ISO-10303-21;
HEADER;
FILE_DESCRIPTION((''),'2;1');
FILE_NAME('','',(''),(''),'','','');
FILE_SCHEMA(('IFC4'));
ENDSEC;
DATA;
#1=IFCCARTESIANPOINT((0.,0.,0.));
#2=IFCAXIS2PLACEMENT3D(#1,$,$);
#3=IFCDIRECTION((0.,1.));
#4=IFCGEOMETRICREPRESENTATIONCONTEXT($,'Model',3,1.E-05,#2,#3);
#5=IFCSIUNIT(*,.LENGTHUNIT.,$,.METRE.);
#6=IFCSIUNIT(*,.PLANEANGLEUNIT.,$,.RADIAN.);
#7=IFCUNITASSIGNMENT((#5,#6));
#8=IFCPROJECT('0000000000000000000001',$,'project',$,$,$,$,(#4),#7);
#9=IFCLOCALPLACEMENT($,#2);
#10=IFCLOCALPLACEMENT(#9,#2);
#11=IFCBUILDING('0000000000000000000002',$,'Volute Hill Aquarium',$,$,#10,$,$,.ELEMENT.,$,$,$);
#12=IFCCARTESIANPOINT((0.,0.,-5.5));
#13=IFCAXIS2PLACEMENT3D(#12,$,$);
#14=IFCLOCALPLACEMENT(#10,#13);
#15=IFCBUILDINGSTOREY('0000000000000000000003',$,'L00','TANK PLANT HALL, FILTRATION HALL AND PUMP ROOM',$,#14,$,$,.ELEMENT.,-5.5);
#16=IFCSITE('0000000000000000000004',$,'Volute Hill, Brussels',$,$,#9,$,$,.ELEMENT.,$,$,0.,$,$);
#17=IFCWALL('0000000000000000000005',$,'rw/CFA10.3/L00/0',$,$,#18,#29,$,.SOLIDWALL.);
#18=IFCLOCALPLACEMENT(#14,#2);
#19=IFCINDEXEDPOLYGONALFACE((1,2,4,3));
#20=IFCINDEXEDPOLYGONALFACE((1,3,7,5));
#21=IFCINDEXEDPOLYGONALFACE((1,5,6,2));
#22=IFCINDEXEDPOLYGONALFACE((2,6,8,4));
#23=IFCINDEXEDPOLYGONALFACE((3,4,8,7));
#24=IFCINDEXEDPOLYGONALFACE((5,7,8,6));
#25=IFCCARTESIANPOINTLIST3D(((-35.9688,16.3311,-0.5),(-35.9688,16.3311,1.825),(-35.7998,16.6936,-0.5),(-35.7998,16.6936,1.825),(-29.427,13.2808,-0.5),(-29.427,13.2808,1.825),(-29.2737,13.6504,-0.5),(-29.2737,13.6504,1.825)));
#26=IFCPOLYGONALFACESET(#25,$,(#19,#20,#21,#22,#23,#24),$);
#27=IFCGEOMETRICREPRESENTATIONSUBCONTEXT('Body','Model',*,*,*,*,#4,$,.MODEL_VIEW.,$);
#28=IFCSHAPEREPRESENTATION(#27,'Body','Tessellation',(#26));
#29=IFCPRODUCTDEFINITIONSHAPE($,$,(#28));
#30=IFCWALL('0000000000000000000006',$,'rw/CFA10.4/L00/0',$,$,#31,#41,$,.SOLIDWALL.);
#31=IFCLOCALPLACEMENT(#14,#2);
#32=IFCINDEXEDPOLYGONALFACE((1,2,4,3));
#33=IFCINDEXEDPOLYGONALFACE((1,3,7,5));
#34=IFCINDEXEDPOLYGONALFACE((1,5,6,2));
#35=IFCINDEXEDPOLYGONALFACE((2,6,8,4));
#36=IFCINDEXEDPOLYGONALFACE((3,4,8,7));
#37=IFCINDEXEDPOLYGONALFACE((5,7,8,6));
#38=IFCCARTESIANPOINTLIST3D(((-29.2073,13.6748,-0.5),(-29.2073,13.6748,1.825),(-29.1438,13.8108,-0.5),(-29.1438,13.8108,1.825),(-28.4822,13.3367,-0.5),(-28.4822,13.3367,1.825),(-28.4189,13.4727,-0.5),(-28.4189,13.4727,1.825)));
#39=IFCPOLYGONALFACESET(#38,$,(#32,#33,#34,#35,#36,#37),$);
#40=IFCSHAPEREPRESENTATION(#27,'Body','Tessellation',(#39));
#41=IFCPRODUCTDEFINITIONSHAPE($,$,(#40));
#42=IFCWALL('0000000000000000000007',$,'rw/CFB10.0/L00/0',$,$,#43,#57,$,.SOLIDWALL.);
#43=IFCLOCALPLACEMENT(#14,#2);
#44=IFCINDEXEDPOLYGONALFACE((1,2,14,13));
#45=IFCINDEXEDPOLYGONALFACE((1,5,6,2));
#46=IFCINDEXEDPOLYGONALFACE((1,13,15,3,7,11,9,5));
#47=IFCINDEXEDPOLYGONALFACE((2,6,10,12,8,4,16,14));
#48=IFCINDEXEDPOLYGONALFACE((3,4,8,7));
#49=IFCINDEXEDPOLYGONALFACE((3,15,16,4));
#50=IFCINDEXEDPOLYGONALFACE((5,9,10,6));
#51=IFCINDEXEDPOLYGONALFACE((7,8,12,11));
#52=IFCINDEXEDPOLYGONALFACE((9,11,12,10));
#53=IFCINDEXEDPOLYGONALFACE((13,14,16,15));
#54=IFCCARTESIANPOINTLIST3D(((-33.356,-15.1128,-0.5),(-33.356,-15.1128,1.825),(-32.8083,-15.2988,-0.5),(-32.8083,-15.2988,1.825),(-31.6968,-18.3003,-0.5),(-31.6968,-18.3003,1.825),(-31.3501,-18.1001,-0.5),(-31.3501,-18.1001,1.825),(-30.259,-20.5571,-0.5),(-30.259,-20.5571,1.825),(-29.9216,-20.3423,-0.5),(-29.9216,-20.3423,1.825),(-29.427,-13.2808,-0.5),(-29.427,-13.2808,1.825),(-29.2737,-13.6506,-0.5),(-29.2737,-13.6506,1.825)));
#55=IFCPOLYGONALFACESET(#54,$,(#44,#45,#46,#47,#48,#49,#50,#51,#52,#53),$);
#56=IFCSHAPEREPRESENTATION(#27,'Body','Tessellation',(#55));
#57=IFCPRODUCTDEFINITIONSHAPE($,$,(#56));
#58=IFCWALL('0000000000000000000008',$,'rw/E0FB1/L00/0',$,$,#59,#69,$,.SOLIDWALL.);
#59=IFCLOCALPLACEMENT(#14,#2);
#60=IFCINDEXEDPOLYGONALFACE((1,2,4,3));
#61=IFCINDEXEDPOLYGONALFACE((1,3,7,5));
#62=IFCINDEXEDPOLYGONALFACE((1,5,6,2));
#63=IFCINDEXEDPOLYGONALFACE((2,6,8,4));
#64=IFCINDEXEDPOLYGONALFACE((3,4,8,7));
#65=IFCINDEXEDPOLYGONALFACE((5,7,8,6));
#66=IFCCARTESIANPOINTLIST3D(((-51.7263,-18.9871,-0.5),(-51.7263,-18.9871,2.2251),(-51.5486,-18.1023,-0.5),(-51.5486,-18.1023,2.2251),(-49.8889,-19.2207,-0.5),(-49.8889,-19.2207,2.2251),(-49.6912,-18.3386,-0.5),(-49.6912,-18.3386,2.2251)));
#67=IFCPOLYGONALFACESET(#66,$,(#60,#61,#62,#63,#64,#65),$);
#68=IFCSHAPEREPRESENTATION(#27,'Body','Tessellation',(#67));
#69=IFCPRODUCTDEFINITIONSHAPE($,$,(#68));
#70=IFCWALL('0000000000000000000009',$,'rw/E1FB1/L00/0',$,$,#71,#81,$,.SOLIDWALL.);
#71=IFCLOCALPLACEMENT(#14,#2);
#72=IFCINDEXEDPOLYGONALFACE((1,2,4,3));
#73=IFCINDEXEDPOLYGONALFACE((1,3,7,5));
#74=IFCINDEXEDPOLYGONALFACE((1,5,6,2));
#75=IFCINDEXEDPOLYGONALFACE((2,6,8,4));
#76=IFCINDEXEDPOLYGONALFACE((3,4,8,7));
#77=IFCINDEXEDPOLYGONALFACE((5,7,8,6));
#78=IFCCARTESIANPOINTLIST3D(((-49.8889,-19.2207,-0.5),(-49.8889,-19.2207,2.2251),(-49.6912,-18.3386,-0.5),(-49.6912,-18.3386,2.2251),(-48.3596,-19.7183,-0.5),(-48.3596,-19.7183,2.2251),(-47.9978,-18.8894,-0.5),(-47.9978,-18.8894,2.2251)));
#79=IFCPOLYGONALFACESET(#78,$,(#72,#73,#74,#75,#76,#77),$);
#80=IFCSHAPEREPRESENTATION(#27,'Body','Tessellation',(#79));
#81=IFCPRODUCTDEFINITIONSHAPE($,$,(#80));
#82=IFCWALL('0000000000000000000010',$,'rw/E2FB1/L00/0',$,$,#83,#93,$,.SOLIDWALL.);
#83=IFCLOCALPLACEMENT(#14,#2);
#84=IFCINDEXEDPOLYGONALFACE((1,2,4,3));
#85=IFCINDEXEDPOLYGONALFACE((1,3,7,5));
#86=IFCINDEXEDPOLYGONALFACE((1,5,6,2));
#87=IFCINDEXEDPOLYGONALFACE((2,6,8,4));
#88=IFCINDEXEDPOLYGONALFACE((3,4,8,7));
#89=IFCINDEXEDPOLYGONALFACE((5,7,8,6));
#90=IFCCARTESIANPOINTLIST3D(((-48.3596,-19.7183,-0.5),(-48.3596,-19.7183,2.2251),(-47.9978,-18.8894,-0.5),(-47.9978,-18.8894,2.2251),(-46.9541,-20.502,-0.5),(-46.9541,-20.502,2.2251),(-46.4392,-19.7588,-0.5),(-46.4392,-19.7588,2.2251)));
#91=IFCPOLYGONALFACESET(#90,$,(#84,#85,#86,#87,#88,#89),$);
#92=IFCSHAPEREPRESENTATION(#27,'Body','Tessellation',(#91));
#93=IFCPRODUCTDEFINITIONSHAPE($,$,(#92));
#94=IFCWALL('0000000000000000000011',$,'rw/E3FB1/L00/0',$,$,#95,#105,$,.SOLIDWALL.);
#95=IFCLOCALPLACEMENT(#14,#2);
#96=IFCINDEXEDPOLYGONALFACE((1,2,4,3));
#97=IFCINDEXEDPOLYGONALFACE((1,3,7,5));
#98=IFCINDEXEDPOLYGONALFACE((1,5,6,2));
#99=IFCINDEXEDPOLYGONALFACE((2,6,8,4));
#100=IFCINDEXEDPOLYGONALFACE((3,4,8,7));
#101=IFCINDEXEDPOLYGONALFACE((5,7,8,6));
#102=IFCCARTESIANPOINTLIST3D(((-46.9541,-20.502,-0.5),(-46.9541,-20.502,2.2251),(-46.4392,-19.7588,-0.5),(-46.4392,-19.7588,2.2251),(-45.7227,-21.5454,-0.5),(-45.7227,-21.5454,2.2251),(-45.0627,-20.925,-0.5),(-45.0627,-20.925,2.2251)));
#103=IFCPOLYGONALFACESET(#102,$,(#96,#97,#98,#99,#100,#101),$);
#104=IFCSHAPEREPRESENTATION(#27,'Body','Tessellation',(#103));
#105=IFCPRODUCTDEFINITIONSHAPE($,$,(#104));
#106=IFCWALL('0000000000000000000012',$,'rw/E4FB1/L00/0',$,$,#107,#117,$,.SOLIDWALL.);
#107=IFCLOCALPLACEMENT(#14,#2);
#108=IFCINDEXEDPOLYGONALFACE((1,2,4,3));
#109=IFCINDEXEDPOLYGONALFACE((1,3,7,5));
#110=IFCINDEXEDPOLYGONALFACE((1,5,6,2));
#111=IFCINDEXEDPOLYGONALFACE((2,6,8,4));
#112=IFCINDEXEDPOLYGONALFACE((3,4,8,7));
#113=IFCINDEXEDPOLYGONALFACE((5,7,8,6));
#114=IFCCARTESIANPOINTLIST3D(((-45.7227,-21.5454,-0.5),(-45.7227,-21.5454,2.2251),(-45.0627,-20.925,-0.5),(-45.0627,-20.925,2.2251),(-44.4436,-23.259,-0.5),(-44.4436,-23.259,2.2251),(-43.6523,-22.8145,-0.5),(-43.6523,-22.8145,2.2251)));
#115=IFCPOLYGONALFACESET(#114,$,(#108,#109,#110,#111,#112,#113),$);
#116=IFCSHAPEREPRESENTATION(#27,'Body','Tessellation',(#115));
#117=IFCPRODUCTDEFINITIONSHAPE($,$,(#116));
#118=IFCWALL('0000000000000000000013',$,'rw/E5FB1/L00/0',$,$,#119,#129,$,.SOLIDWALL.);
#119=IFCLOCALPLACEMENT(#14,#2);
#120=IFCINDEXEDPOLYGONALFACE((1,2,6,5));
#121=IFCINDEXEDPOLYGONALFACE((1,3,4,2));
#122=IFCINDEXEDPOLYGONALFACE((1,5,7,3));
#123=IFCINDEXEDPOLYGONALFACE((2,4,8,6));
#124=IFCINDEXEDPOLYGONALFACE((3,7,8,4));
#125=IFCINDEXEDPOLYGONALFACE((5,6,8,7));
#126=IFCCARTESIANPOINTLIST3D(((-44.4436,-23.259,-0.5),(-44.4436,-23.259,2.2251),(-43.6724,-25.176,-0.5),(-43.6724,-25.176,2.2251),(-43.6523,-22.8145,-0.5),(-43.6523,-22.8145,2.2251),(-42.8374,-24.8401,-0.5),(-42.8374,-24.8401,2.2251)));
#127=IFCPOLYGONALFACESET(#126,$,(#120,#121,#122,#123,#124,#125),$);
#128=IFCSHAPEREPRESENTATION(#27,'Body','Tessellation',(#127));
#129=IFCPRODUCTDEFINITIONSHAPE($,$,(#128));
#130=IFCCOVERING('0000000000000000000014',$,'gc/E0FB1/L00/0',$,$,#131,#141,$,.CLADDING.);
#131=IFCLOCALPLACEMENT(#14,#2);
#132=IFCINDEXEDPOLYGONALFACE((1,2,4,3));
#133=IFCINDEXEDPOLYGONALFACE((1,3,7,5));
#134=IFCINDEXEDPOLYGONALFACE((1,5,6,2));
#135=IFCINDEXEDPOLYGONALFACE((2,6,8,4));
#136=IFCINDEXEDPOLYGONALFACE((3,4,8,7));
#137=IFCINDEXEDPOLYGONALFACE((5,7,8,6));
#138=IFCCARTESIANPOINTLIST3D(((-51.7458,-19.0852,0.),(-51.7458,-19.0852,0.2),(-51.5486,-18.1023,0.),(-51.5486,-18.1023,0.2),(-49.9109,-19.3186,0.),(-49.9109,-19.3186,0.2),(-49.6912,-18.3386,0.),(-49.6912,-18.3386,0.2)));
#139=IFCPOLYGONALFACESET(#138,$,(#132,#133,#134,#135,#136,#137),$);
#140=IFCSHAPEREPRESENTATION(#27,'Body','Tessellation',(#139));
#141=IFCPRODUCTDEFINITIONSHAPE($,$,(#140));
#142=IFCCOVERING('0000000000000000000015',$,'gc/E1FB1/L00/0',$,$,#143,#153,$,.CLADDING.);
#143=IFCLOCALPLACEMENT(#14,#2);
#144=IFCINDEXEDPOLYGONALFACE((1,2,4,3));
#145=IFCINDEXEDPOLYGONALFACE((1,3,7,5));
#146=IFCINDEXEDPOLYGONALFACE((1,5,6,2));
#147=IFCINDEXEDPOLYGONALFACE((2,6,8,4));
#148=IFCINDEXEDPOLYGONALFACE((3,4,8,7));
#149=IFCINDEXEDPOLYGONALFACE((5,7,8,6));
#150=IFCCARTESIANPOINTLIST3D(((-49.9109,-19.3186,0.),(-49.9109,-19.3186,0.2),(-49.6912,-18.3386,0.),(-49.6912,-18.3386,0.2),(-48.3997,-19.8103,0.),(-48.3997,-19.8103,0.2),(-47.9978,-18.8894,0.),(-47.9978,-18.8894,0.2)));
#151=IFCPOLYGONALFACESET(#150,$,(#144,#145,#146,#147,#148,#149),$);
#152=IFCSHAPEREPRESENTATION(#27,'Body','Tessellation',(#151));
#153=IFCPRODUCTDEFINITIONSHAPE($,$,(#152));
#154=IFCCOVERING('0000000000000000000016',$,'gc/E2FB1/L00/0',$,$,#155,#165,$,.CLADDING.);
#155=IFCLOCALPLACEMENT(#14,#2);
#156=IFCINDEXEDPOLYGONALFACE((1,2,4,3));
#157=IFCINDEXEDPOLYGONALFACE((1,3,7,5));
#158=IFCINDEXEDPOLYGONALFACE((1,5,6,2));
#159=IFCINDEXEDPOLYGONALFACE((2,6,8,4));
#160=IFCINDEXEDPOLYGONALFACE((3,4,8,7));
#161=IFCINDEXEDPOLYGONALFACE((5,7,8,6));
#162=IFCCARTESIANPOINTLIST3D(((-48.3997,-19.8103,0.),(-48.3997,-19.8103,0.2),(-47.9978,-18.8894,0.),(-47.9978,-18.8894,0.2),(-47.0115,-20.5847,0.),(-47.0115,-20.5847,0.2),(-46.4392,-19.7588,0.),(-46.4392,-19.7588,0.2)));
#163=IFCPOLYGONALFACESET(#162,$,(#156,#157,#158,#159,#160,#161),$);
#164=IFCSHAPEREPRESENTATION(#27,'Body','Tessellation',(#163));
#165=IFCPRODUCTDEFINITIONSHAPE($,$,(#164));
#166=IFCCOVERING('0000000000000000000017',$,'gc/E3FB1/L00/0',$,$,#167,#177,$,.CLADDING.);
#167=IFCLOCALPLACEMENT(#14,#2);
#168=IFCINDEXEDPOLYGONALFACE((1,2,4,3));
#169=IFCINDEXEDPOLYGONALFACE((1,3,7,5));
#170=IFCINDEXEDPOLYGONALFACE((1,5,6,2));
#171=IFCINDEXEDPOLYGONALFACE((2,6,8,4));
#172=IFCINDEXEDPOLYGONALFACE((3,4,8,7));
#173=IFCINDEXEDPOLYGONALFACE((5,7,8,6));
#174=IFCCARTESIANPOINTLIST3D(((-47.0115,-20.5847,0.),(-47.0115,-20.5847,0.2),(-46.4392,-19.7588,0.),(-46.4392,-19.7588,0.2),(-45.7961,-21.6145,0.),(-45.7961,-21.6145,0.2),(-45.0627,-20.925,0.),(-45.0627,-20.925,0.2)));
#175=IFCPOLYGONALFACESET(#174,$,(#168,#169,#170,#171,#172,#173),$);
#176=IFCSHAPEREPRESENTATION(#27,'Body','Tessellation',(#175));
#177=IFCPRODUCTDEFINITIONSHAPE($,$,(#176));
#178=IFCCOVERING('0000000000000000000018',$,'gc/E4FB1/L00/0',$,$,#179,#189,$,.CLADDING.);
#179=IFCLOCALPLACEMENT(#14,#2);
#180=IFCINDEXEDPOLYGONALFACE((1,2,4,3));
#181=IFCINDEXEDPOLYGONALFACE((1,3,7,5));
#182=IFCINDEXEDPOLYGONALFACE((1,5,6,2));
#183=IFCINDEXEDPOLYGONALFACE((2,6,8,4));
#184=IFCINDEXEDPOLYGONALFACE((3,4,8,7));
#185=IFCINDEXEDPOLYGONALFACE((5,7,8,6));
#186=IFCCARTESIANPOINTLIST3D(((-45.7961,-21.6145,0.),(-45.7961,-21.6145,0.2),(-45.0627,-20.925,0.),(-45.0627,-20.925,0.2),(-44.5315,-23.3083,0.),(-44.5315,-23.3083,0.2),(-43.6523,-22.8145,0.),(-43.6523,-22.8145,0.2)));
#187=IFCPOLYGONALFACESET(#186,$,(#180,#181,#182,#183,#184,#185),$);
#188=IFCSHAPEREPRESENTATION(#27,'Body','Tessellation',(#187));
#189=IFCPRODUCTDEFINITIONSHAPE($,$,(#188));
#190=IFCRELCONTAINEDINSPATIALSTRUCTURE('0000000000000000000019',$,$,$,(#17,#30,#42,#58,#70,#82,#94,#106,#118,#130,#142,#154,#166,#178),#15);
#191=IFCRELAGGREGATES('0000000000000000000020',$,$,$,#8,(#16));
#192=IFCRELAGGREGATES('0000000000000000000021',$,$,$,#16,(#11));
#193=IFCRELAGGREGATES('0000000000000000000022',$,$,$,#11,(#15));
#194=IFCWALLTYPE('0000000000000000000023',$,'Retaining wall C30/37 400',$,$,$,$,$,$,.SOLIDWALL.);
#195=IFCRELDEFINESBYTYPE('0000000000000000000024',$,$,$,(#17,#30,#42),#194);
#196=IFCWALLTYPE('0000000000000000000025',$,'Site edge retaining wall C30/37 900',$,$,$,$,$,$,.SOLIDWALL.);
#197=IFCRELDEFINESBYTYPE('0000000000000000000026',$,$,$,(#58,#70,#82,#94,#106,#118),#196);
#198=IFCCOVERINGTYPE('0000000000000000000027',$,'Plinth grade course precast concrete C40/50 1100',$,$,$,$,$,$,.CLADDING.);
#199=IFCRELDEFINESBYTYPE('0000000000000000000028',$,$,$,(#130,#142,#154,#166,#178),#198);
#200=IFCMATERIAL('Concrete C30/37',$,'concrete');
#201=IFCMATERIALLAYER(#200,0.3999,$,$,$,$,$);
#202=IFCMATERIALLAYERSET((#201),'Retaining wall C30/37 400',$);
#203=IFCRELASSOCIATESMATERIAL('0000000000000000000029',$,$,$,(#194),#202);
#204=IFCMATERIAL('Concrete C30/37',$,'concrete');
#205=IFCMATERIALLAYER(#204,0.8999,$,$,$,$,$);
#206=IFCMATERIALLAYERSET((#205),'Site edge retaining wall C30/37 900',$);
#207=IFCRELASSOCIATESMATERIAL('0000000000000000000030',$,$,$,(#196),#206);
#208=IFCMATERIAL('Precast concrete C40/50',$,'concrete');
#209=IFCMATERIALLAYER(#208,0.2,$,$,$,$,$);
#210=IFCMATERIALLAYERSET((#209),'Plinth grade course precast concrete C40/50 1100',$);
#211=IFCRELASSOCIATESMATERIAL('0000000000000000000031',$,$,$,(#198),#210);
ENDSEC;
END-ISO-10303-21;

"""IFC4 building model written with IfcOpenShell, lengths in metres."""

from ifc_helpers import new_model, si_unit, direction, frame, origin, place, context, subcontext, project, spatial, polyline, outline, extrude, material, layer, layer_set, type_object, element, save


model = new_model("IFC4")

# Units and contexts
model_context = context("Model", 3, precision=1e-05, world=origin(), true_north=direction((0.0, 1.0)))
body_context = subcontext(model_context, "Body", "Model", "MODEL_VIEW")
ifc_project = project(units=[si_unit("LENGTHUNIT", "METRE"), si_unit("PLANEANGLEUNIT", "RADIAN")], contexts=[model_context])

# Site, building, storey
site_placement = place(None, origin())
site = spatial("IfcSite", under=ifc_project, at=site_placement, Name="Volute Hill, Brussels", CompositionType="ELEMENT", RefElevation=0.0)
building_placement = place(site_placement, origin())
building = spatial("IfcBuilding", under=site, at=building_placement, Name="Volute Hill Aquarium", CompositionType="ELEMENT")
storey_placement = place(building_placement, frame((0.0, 0.0, -5.5)))
storey = spatial("IfcBuildingStorey", under=building, at=storey_placement, Name="L00", Description="TANK PLANT HALL, FILTRATION HALL AND PUMP ROOM", CompositionType="ELEMENT", Elevation=-5.5)

# Walls
ifc_material_1 = material(Name="Concrete C30/37", Category="concrete")
ifc_layer_1 = layer(ifc_material_1, 0.3999)
ifc_layer_set_1 = layer_set([ifc_layer_1], Name="Retaining wall C30/37 400")
wall_type_1 = type_object("IfcWallType", Name="Retaining wall C30/37 400", PredefinedType="SOLIDWALL", material=ifc_layer_set_1)
wall_1_placement = place(storey_placement, frame((0.0, 0.0, -0.5)))
element("IfcWall", 1, at=wall_1_placement, inside=storey, type_object=wall_type_1, Name="rw/CFA10.3/L00/0", PredefinedType="SOLIDWALL", context=body_context, shape_type="SweptSolid", body=[
    extrude(outline(polyline([(-29.2737, 13.6504), (-35.7998, 16.6936), (-35.9688, 16.3311), (-29.427, 13.2808), (-29.2737, 13.6504)])), origin(), (0.0, 0.0, 1.0), 2.325),
])
wall_2_placement = place(storey_placement, frame((0.0, 0.0, -0.5)))
element("IfcWall", 2, at=wall_2_placement, inside=storey, type_object=wall_type_1, Name="rw/CFA10.4/L00/0", PredefinedType="SOLIDWALL", context=body_context, shape_type="SweptSolid", body=[
    extrude(outline(polyline([(-29.1438, 13.8108), (-29.2073, 13.6748), (-28.4822, 13.3367), (-28.4189, 13.4727), (-29.1438, 13.8108)])), origin(), (0.0, 0.0, 1.0), 2.325),
])
wall_3_placement = place(storey_placement, frame((0.0, 0.0, -0.5)))
element("IfcWall", 3, at=wall_3_placement, inside=storey, type_object=wall_type_1, Name="rw/CFB10.0/L00/0", PredefinedType="SOLIDWALL", context=body_context, shape_type="SweptSolid", body=[
    extrude(outline(polyline([(-29.427, -13.2808), (-33.356, -15.1128), (-31.6968, -18.3003), (-30.259, -20.5571), (-29.9216, -20.3423), (-31.3501, -18.1001), (-32.8083, -15.2988), (-29.2737, -13.6506), (-29.427, -13.2808)])), origin(), (0.0, 0.0, 1.0), 2.325),
])
ifc_material_2 = material(Name="Concrete C30/37", Category="concrete")
ifc_layer_2 = layer(ifc_material_2, 0.8999)
ifc_layer_set_2 = layer_set([ifc_layer_2], Name="Site edge retaining wall C30/37 900")
wall_type_2 = type_object("IfcWallType", Name="Site edge retaining wall C30/37 900", PredefinedType="SOLIDWALL", material=ifc_layer_set_2)
wall_4_placement = place(storey_placement, frame((0.0, 0.0, -0.5)))
element("IfcWall", 4, at=wall_4_placement, inside=storey, type_object=wall_type_2, Name="rw/E0FB1/L00/0", PredefinedType="SOLIDWALL", context=body_context, shape_type="SweptSolid", body=[
    extrude(outline(polyline([(-51.7263, -18.9871), (-49.8889, -19.2207), (-49.6912, -18.3386), (-51.5486, -18.1023), (-51.5486, -18.1023), (-51.7263, -18.9871), (-51.7263, -18.9871)])), origin(), (0.0, 0.0, 1.0), 2.7251),
])
wall_5_placement = place(storey_placement, frame((0.0, 0.0, -0.5)))
element("IfcWall", 5, at=wall_5_placement, inside=storey, type_object=wall_type_2, Name="rw/E1FB1/L00/0", PredefinedType="SOLIDWALL", context=body_context, shape_type="SweptSolid", body=[
    extrude(outline(polyline([(-49.8889, -19.2207), (-48.3596, -19.7183), (-47.9978, -18.8894), (-47.9978, -18.8894), (-49.6912, -18.3386), (-49.8889, -19.2207), (-49.8889, -19.2207)])), origin(), (0.0, 0.0, 1.0), 2.7251),
])
wall_6_placement = place(storey_placement, frame((0.0, 0.0, -0.5)))
element("IfcWall", 6, at=wall_6_placement, inside=storey, type_object=wall_type_2, Name="rw/E2FB1/L00/0", PredefinedType="SOLIDWALL", context=body_context, shape_type="SweptSolid", body=[
    extrude(outline(polyline([(-46.9541, -20.502), (-46.9541, -20.502), (-46.4392, -19.7588), (-46.4392, -19.7588), (-47.9978, -18.8894), (-48.3596, -19.7183), (-46.9541, -20.502)])), origin(), (0.0, 0.0, 1.0), 2.7251),
])
wall_7_placement = place(storey_placement, frame((0.0, 0.0, -0.5)))
element("IfcWall", 7, at=wall_7_placement, inside=storey, type_object=wall_type_2, Name="rw/E3FB1/L00/0", PredefinedType="SOLIDWALL", context=body_context, shape_type="SweptSolid", body=[
    extrude(outline(polyline([(-46.9541, -20.502), (-45.7227, -21.5454), (-45.0627, -20.925), (-46.4392, -19.7588), (-46.9541, -20.502)])), origin(), (0.0, 0.0, 1.0), 2.7251),
])
wall_8_placement = place(storey_placement, frame((0.0, 0.0, -0.5)))
element("IfcWall", 8, at=wall_8_placement, inside=storey, type_object=wall_type_2, Name="rw/E4FB1/L00/0", PredefinedType="SOLIDWALL", context=body_context, shape_type="SweptSolid", body=[
    extrude(outline(polyline([(-44.4436, -23.259), (-44.4436, -23.259), (-43.6523, -22.8145), (-43.6523, -22.8145), (-45.0627, -20.925), (-45.0627, -20.925), (-45.7227, -21.5454), (-45.7227, -21.5454), (-44.4436, -23.259)])), origin(), (0.0, 0.0, 1.0), 2.7251),
])
wall_9_placement = place(storey_placement, frame((0.0, 0.0, -0.5)))
element("IfcWall", 9, at=wall_9_placement, inside=storey, type_object=wall_type_2, Name="rw/E5FB1/L00/0", PredefinedType="SOLIDWALL", context=body_context, shape_type="SweptSolid", body=[
    extrude(outline(polyline([(-44.4436, -23.259), (-43.6724, -25.176), (-42.8374, -24.8401), (-43.6523, -22.8145), (-44.4436, -23.259)])), origin(), (0.0, 0.0, 1.0), 2.7251),
])

# Coverings
ifc_material_3 = material(Name="Precast concrete C40/50", Category="concrete")
ifc_layer_3 = layer(ifc_material_3, 0.2)
ifc_layer_set_3 = layer_set([ifc_layer_3], Name="Plinth grade course precast concrete C40/50 1100")
covering_type_1 = type_object("IfcCoveringType", Name="Plinth grade course precast concrete C40/50 1100", PredefinedType="CLADDING", material=ifc_layer_set_3)
covering_1_placement = place(storey_placement, origin())
element("IfcCovering", 10, at=covering_1_placement, inside=storey, type_object=covering_type_1, Name="gc/E0FB1/L00/0", PredefinedType="CLADDING", context=body_context, shape_type="SweptSolid", body=[
    extrude(outline(polyline([(-49.9109, -19.3186), (-49.9109, -19.3186), (-49.6912, -18.3386), (-51.5486, -18.1023), (-51.5486, -18.1023), (-51.7458, -19.0852), (-49.9109, -19.3186)])), origin(), (0.0, 0.0, 1.0), 0.2),
])
covering_2_placement = place(storey_placement, origin())
element("IfcCovering", 11, at=covering_2_placement, inside=storey, type_object=covering_type_1, Name="gc/E1FB1/L00/0", PredefinedType="CLADDING", context=body_context, shape_type="SweptSolid", body=[
    extrude(outline(polyline([(-49.9109, -19.3186), (-48.3997, -19.8103), (-47.9978, -18.8894), (-47.9978, -18.8894), (-49.6912, -18.3386), (-49.9109, -19.3186)])), origin(), (0.0, 0.0, 1.0), 0.2),
])
covering_3_placement = place(storey_placement, origin())
element("IfcCovering", 12, at=covering_3_placement, inside=storey, type_object=covering_type_1, Name="gc/E2FB1/L00/0", PredefinedType="CLADDING", context=body_context, shape_type="SweptSolid", body=[
    extrude(outline(polyline([(-47.0115, -20.5847), (-47.0115, -20.5847), (-46.4392, -19.7588), (-46.4392, -19.7588), (-47.9978, -18.8894), (-48.3997, -19.8103), (-48.3997, -19.8103), (-47.0115, -20.5847)])), origin(), (0.0, 0.0, 1.0), 0.2),
])
covering_4_placement = place(storey_placement, origin())
element("IfcCovering", 13, at=covering_4_placement, inside=storey, type_object=covering_type_1, Name="gc/E3FB1/L00/0", PredefinedType="CLADDING", context=body_context, shape_type="SweptSolid", body=[
    extrude(outline(polyline([(-47.0115, -20.5847), (-45.7961, -21.6145), (-45.0627, -20.925), (-46.4392, -19.7588), (-47.0115, -20.5847)])), origin(), (0.0, 0.0, 1.0), 0.2),
])
covering_5_placement = place(storey_placement, origin())
element("IfcCovering", 14, at=covering_5_placement, inside=storey, type_object=covering_type_1, Name="gc/E4FB1/L00/0", PredefinedType="CLADDING", context=body_context, shape_type="SweptSolid", body=[
    extrude(outline(polyline([(-45.7961, -21.6145), (-44.5315, -23.3083), (-43.6523, -22.8145), (-43.6523, -22.8145), (-45.0627, -20.925), (-45.0627, -20.925), (-45.7961, -21.6145), (-45.7961, -21.6145)])), origin(), (0.0, 0.0, 1.0), 0.2),
])

save(model, "model.ifc")
